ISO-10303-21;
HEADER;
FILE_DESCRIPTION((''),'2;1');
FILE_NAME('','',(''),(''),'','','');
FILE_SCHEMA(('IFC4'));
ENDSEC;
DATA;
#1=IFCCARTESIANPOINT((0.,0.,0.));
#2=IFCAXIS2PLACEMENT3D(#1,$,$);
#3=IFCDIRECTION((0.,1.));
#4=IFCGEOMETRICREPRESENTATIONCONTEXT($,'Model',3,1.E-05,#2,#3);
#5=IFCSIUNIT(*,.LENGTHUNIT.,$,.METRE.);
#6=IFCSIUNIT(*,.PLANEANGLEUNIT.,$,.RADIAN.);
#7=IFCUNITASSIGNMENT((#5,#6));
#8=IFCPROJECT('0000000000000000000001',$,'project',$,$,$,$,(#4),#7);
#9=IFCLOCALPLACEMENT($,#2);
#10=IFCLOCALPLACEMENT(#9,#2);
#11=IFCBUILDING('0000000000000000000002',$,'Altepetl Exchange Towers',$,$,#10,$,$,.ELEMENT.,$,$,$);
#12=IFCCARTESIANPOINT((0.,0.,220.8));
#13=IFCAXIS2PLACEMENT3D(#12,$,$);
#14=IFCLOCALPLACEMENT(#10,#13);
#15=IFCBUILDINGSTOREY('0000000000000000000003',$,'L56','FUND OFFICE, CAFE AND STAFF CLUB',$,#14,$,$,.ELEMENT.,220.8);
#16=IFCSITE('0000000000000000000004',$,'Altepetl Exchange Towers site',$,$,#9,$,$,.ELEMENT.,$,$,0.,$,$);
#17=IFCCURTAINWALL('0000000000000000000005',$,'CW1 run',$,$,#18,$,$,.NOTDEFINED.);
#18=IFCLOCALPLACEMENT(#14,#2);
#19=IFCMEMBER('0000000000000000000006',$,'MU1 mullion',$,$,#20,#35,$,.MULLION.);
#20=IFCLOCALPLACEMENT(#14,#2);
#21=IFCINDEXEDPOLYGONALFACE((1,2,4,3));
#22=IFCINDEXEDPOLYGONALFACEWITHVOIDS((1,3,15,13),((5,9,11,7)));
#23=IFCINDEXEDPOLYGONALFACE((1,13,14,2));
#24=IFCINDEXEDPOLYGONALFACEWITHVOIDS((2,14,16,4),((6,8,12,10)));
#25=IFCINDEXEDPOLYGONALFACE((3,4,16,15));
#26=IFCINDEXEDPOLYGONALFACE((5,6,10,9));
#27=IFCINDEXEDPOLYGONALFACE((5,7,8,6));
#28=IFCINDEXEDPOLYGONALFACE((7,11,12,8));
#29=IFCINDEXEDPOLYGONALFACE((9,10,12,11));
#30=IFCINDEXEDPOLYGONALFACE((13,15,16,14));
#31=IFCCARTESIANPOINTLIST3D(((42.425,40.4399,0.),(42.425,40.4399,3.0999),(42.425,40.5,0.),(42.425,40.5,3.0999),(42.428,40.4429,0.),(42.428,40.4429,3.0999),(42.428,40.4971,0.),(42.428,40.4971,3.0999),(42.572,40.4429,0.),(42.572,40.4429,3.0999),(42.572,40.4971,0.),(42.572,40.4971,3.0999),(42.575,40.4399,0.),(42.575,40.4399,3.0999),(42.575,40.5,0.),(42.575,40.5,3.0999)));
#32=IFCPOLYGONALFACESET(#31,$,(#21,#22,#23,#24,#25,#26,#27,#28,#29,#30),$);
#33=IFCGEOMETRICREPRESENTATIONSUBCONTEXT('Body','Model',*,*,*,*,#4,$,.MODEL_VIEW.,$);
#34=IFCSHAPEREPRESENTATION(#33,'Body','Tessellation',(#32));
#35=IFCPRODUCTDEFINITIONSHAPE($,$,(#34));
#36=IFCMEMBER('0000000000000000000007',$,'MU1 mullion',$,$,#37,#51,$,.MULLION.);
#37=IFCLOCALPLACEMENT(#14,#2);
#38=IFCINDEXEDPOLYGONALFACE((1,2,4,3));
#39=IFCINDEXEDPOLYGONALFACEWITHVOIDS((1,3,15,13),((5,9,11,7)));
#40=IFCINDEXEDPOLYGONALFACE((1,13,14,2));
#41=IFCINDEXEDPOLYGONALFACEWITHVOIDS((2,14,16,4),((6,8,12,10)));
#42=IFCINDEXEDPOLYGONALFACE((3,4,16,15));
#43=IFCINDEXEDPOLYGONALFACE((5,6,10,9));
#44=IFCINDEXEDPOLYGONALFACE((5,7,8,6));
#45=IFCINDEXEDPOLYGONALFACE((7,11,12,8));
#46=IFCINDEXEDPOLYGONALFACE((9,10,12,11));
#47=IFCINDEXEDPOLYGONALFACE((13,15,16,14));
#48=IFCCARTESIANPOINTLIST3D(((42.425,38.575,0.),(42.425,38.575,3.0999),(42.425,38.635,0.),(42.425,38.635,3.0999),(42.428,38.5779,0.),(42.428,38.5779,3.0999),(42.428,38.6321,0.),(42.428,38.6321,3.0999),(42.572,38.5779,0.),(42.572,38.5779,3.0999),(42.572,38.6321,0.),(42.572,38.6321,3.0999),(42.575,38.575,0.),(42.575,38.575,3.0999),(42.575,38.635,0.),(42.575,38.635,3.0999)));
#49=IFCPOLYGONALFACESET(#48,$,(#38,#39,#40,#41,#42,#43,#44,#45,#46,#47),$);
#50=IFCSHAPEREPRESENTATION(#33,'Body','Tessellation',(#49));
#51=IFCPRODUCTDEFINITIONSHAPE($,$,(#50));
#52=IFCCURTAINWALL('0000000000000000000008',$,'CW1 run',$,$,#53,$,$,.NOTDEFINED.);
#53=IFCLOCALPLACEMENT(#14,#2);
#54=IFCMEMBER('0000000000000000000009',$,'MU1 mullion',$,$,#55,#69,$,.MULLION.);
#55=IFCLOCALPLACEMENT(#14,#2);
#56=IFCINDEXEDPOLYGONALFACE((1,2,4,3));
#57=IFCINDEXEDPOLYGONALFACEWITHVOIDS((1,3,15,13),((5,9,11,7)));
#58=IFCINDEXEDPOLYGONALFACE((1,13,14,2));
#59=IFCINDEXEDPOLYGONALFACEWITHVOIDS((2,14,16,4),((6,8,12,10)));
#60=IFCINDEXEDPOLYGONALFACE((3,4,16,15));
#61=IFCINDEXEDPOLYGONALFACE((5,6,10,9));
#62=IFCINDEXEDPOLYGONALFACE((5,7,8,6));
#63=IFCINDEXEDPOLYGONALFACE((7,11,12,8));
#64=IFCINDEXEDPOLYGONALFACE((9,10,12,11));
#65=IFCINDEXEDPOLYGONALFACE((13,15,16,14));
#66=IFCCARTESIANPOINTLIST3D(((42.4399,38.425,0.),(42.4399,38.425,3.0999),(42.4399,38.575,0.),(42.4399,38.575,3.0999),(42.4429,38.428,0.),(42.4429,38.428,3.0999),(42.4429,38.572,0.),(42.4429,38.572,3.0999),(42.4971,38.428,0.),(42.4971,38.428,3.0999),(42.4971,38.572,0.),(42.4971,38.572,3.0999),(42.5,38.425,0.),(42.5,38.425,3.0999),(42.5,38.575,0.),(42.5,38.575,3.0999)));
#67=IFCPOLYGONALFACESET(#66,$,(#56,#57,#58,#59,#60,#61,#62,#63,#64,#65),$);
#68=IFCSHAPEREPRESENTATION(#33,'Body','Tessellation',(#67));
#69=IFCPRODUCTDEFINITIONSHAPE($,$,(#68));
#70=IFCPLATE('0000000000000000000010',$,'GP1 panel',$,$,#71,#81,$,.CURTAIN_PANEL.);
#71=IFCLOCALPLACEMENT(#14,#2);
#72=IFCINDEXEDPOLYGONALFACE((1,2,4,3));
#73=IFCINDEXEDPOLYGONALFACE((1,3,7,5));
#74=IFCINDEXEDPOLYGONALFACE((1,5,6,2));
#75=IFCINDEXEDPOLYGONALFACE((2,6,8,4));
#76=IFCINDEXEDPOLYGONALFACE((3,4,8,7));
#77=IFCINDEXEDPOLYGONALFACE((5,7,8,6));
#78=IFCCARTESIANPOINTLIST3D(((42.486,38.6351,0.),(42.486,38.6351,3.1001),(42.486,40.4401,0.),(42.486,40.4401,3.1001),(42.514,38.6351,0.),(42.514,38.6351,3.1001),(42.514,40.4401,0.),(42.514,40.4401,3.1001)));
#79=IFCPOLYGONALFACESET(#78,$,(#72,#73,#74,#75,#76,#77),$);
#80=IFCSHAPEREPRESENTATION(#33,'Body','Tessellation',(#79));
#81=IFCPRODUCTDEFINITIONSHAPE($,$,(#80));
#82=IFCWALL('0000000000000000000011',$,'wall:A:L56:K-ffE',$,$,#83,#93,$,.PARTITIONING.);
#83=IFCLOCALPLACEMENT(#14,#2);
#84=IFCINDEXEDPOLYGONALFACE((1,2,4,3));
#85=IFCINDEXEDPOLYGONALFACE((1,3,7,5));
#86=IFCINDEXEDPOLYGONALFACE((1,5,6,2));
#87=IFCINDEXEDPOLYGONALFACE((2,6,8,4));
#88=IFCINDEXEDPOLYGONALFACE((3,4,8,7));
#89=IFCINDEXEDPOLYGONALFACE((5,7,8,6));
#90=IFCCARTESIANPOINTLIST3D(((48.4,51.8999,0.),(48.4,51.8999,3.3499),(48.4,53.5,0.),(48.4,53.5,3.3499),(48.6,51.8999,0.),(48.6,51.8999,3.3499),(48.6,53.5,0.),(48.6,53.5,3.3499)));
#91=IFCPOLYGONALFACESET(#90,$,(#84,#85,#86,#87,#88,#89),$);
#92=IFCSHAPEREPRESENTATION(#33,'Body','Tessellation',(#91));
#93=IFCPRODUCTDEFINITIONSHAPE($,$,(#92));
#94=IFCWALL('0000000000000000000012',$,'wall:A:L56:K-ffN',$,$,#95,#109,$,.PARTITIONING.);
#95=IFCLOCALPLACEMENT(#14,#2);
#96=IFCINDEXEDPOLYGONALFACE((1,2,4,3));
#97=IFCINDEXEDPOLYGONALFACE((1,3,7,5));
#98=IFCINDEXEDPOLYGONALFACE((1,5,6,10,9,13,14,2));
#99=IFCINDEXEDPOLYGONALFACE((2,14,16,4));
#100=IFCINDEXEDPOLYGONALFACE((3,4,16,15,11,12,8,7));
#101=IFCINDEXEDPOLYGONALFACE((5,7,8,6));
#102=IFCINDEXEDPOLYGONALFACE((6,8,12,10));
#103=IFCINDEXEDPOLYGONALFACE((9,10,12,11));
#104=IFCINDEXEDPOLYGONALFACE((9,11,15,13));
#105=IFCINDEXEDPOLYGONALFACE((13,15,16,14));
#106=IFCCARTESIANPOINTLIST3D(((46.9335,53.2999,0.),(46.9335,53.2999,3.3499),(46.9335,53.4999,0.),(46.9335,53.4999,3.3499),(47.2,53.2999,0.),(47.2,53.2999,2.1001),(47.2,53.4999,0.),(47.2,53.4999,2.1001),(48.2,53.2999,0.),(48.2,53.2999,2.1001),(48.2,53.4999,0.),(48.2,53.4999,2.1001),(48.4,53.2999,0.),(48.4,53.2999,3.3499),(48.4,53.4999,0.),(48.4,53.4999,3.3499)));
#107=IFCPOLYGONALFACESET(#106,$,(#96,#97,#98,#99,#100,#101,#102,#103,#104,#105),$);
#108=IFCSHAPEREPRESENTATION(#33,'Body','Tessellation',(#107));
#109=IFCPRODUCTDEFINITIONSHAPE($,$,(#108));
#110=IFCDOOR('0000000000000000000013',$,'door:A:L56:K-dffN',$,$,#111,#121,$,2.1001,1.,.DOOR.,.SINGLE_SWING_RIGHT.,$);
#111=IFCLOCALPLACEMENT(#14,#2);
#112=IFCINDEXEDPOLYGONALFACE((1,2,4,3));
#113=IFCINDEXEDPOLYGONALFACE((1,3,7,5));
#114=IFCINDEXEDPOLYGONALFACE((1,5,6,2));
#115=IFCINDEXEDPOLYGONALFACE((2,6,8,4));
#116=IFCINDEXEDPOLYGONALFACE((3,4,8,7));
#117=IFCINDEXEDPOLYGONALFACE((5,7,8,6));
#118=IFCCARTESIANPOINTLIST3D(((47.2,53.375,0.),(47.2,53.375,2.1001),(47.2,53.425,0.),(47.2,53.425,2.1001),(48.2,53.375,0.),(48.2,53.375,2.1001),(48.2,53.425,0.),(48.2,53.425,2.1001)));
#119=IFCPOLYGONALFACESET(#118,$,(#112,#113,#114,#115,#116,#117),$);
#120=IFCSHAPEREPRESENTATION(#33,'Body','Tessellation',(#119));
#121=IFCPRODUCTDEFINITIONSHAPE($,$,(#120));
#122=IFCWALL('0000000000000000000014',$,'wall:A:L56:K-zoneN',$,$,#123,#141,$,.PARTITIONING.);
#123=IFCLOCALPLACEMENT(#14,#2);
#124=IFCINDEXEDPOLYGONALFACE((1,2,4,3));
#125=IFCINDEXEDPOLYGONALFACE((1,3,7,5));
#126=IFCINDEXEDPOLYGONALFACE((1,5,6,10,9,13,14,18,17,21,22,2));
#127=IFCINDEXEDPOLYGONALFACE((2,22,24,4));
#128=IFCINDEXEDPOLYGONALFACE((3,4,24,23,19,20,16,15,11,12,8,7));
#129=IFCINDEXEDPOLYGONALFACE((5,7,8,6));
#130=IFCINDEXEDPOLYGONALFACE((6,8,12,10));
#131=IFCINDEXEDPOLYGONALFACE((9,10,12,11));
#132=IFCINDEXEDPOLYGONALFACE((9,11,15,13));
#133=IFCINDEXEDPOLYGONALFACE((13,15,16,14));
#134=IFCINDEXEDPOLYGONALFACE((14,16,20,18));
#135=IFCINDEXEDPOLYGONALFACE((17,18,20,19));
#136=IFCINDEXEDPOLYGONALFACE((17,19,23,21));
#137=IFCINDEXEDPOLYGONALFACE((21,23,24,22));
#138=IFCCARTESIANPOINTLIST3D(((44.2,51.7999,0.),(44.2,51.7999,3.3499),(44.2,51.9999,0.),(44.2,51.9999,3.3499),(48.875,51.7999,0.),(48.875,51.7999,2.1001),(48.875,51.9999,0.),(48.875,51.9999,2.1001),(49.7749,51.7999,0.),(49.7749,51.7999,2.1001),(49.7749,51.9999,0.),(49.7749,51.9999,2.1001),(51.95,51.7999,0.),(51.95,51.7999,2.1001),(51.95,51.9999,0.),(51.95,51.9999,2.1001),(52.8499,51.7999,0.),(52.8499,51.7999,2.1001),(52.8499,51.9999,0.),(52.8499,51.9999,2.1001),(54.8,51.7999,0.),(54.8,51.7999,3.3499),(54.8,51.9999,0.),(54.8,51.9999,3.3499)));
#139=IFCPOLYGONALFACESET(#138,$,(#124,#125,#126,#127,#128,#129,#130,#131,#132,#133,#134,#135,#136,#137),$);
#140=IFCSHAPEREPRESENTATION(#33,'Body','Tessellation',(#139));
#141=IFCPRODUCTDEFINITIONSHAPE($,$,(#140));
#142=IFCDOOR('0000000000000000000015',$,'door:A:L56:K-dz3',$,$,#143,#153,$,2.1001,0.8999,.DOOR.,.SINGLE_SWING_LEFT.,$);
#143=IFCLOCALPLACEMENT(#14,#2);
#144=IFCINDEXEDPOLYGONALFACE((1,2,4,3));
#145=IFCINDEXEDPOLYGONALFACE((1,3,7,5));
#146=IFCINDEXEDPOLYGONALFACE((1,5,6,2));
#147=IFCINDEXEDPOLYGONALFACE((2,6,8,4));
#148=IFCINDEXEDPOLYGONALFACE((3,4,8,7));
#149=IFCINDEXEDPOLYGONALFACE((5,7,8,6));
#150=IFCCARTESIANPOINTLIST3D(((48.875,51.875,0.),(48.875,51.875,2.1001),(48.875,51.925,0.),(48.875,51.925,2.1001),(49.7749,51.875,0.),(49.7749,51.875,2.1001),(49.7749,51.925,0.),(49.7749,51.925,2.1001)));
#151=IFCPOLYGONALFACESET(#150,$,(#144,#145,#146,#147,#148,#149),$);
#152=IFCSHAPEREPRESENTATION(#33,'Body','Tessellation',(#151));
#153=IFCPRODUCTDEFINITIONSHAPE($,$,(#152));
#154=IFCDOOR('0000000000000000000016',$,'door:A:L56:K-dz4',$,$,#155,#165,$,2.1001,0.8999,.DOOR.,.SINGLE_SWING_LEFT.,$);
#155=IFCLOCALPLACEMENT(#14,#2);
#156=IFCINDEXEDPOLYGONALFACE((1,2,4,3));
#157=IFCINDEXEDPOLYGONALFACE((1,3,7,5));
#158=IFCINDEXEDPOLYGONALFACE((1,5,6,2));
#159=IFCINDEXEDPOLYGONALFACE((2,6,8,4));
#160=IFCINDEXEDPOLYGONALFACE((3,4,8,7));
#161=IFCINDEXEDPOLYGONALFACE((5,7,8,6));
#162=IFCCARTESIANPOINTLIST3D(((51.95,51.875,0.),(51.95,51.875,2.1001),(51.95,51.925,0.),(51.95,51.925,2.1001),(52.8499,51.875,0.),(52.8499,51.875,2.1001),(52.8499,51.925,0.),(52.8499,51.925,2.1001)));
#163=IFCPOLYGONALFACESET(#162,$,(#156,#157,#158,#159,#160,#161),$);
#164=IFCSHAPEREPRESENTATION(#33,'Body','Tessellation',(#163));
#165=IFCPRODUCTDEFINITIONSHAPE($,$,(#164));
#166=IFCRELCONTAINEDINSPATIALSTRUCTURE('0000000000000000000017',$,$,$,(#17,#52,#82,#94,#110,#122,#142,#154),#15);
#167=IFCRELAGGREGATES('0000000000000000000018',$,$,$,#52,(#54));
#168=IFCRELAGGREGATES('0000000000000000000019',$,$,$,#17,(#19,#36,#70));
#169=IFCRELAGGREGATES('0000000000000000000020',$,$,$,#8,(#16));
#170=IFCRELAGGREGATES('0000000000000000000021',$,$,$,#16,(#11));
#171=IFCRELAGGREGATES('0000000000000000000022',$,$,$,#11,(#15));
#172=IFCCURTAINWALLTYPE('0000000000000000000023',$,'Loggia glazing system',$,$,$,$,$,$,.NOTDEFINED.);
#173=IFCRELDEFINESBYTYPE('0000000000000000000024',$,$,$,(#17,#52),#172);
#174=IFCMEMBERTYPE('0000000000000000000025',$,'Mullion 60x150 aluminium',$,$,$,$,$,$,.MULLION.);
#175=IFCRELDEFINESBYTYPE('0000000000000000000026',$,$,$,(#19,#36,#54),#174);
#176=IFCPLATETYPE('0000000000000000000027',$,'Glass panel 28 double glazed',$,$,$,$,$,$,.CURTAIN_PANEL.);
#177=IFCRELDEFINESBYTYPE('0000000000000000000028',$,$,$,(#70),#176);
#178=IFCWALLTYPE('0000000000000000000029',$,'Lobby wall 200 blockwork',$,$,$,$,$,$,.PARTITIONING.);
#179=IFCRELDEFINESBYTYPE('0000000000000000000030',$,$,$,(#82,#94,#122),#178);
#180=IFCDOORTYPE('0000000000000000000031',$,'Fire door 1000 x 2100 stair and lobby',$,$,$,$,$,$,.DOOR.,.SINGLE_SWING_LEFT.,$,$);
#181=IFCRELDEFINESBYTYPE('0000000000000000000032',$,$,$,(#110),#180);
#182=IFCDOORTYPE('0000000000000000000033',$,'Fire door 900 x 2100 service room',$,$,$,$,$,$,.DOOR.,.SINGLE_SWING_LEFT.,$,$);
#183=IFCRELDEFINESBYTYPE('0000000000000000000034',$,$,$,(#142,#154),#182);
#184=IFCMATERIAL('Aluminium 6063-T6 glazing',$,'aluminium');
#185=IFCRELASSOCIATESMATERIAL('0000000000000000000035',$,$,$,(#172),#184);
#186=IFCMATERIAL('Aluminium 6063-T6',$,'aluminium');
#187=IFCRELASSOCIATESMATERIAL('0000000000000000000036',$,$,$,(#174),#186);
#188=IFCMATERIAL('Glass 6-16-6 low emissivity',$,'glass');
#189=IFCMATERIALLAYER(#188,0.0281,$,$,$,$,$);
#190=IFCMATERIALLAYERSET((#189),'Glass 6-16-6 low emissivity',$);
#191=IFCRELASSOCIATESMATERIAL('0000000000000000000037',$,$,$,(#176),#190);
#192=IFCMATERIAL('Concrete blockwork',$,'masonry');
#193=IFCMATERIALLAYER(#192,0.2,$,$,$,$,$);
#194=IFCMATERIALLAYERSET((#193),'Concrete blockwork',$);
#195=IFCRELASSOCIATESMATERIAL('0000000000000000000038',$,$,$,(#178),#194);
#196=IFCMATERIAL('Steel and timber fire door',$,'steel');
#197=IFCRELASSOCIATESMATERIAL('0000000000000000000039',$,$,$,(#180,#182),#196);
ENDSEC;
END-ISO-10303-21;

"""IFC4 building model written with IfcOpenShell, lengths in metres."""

from ifc_helpers import new_model, si_unit, direction, frame, frame_2d, origin, origin_2d, place, context, subcontext, project, spatial, rectangle, hollow_rectangle, extrude, material, layer, layer_set, material_profile, profile_set, type_object, element, fill, aggregate, save


model = new_model("IFC4")

# Units and contexts
model_context = context("Model", 3, precision=1e-05, world=origin(), true_north=direction((0.0, 1.0)))
body_context = subcontext(model_context, "Body", "Model", "MODEL_VIEW")
ifc_project = project(units=[si_unit("LENGTHUNIT", "METRE"), si_unit("PLANEANGLEUNIT", "RADIAN")], contexts=[model_context])

# Site, building, storey
site_placement = place(None, origin())
site = spatial("IfcSite", under=ifc_project, at=site_placement, Name="Altepetl Exchange Towers site", CompositionType="ELEMENT", RefElevation=0.0)
building_placement = place(site_placement, origin())
building = spatial("IfcBuilding", under=site, at=building_placement, Name="Altepetl Exchange Towers", CompositionType="ELEMENT")
storey_placement = place(building_placement, frame((0.0, 0.0, 220.8)))
storey = spatial("IfcBuildingStorey", under=building, at=storey_placement, Name="L56", Description="FUND OFFICE, CAFE AND STAFF CLUB", CompositionType="ELEMENT", Elevation=220.8)

# Curtain wall, members
ifc_material_1 = material(Name="Aluminium 6063-T6 glazing", Category="aluminium")
curtain_wall_type = type_object("IfcCurtainWallType", Name="Loggia glazing system", PredefinedType="NOTDEFINED", material=ifc_material_1)
curtain_wall_1_placement = place(storey_placement, origin())
curtain_wall_1 = element("IfcCurtainWall", 1, at=curtain_wall_1_placement, inside=storey, type_object=curtain_wall_type, Name="CW1 run", PredefinedType="NOTDEFINED")
ifc_material_2 = material(Name="Aluminium 6063-T6", Category="aluminium")
ifc_material_profile = material_profile(ifc_material_2, hollow_rectangle(XDim=0.0601, YDim=0.1499, WallThickness=0.0029, at=origin_2d()), Name="Mullion 60x150 aluminium")
ifc_profile_set = profile_set([ifc_material_profile], Name="Aluminium 6063-T6")
member_type = type_object("IfcMemberType", Name="Mullion 60x150 aluminium", PredefinedType="MULLION", material=ifc_profile_set)
member_1_placement = place(storey_placement, frame((42.5, 40.47, 0.0), z_axis=(0.0, 0.0, 1.0), x_axis=(0.0, -1.0, 0.0)))
member_1 = element("IfcMember", 2, at=member_1_placement, type_object=member_type, Name="MU1 mullion", PredefinedType="MULLION", context=body_context, shape_type="SweptSolid", body=[
    extrude(hollow_rectangle(XDim=0.0601, YDim=0.1499, WallThickness=0.0029, at=origin_2d()), origin(), (0.0, 0.0, 1.0), 3.0999),
])
member_2_placement = place(storey_placement, frame((42.5, 38.605, 0.0), z_axis=(0.0, 0.0, 1.0), x_axis=(0.0, -1.0, 0.0)))
member_2 = element("IfcMember", 3, at=member_2_placement, type_object=member_type, Name="MU1 mullion", PredefinedType="MULLION", context=body_context, shape_type="SweptSolid", body=[
    extrude(hollow_rectangle(XDim=0.0601, YDim=0.1499, WallThickness=0.0029, at=origin_2d()), origin(), (0.0, 0.0, 1.0), 3.0999),
])

# Curtain wall, member
curtain_wall_2_placement = place(storey_placement, origin())
curtain_wall_2 = element("IfcCurtainWall", 4, at=curtain_wall_2_placement, inside=storey, type_object=curtain_wall_type, Name="CW1 run", PredefinedType="NOTDEFINED")
member_3_placement = place(storey_placement, frame((42.47, 38.5, 0.0), z_axis=(0.0, 0.0, 1.0), x_axis=(-1.0, 0.0, 0.0)))
member_3 = element("IfcMember", 5, at=member_3_placement, type_object=member_type, Name="MU1 mullion", PredefinedType="MULLION", context=body_context, shape_type="SweptSolid", body=[
    extrude(hollow_rectangle(XDim=0.0601, YDim=0.1499, WallThickness=0.0029, at=origin_2d()), origin(), (0.0, 0.0, 1.0), 3.0999),
])
aggregate(curtain_wall_2, [member_3])

# Plate
ifc_material_3 = material(Name="Glass 6-16-6 low emissivity", Category="glass")
ifc_layer_1 = layer(ifc_material_3, 0.0281)
ifc_layer_set_1 = layer_set([ifc_layer_1], Name="Glass 6-16-6 low emissivity")
plate_type = type_object("IfcPlateType", Name="Glass panel 28 double glazed", PredefinedType="CURTAIN_PANEL", material=ifc_layer_set_1)
plate_placement = place(storey_placement, frame((42.5, 39.5376, 0.0), z_axis=(0.0, 0.0, 1.0), x_axis=(0.0, -1.0, 0.0)))
plate = element("IfcPlate", 6, at=plate_placement, type_object=plate_type, Name="GP1 panel", PredefinedType="CURTAIN_PANEL", context=body_context, shape_type="SweptSolid", body=[
    extrude(rectangle(XDim=1.8049, YDim=0.0281, at=origin_2d()), origin(), (0.0, 0.0, 1.0), 3.1001),
])
aggregate(curtain_wall_1, [member_1, member_2, plate])

# Wall
ifc_material_4 = material(Name="Concrete blockwork", Category="masonry")
ifc_layer_2 = layer(ifc_material_4, 0.2)
ifc_layer_set_2 = layer_set([ifc_layer_2], Name="Concrete blockwork")
wall_type_1 = type_object("IfcWallType", Name="Lobby wall 200 blockwork", PredefinedType="PARTITIONING", material=ifc_layer_set_2)
wall_1_placement = place(storey_placement, frame((48.5, 51.8999, 0.0), z_axis=(0.0, 0.0, 1.0), x_axis=(0.0, 1.0, 0.0)))
element("IfcWall", 7, at=wall_1_placement, inside=storey, type_object=wall_type_1, Name="wall:A:L56:K-ffE", PredefinedType="PARTITIONING", context=body_context, shape_type="SweptSolid", body=[
    extrude(rectangle(XDim=1.6001, YDim=0.2, at=frame_2d((0.8, 0.0))), origin(), (0.0, 0.0, 1.0), 3.3499),
])

# Wall, opening, door
wall_2_placement = place(storey_placement, frame((46.9333, 53.3999, 0.0)))
wall_2 = element("IfcWall", 8, at=wall_2_placement, inside=storey, type_object=wall_type_1, Name="wall:A:L56:K-ffN", PredefinedType="PARTITIONING", context=body_context, shape_type="SweptSolid", body=[
    extrude(rectangle(XDim=1.4666, YDim=0.2, at=frame_2d((0.7334, 0.0))), origin(), (0.0, 0.0, 1.0), 3.3499),
])
opening_1_placement = place(wall_2_placement, frame((0.2666, 0.0, 0.0)))
opening_1 = element("IfcOpeningElement", 9, at=opening_1_placement, cuts=wall_2, PredefinedType="OPENING", context=body_context, shape_type="SweptSolid", body=[
    extrude(rectangle(XDim=1.0, YDim=2.1001, at=frame_2d((0.5, 1.05))), frame((0.0, 0.1099, 0.0), z_axis=(0.0, -1.0, 0.0), x_axis=(1.0, 0.0, 0.0)), (0.0, 0.0, 1.0), 0.22),
])
ifc_material_5 = material(Name="Steel and timber fire door", Category="steel")
door_type_1 = type_object("IfcDoorType", Name="Fire door 1000 x 2100 stair and lobby", OperationType="SINGLE_SWING_LEFT", PredefinedType="DOOR", material=ifc_material_5)
door_1_placement = place(opening_1_placement, frame((1.0, 0.0, 0.0), x_axis=(-1.0, 0.0, 0.0)))
door_1 = element("IfcDoor", 10, at=door_1_placement, inside=storey, type_object=door_type_1, Name="door:A:L56:K-dffN", OperationType="SINGLE_SWING_RIGHT", OverallHeight=2.1001, OverallWidth=1.0, PredefinedType="DOOR", context=body_context, shape_type="SweptSolid", body=[
    extrude(rectangle(XDim=1.0, YDim=2.1001, at=frame_2d((0.5, 1.05))), frame((0.0, 0.0249, 0.0), z_axis=(0.0, -1.0, 0.0), x_axis=(1.0, 0.0, 0.0)), (0.0, 0.0, 1.0), 0.05),
])
fill(opening_1, door_1)

# Wall, openings, doors
wall_3_placement = place(storey_placement, frame((44.2, 51.8999, 0.0)))
wall_3 = element("IfcWall", 11, at=wall_3_placement, inside=storey, type_object=wall_type_1, Name="wall:A:L56:K-zoneN", PredefinedType="PARTITIONING", context=body_context, shape_type="SweptSolid", body=[
    extrude(rectangle(XDim=10.6001, YDim=0.2, at=frame_2d((5.3, 0.0))), origin(), (0.0, 0.0, 1.0), 3.3499),
])
opening_2_placement = place(wall_3_placement, frame((4.675, 0.0, 0.0)))
opening_2 = element("IfcOpeningElement", 12, at=opening_2_placement, cuts=wall_3, PredefinedType="OPENING", context=body_context, shape_type="SweptSolid", body=[
    extrude(rectangle(XDim=0.8999, YDim=2.1001, at=frame_2d((0.45, 1.05))), frame((0.0, 0.1099, 0.0), z_axis=(0.0, -1.0, 0.0), x_axis=(1.0, 0.0, 0.0)), (0.0, 0.0, 1.0), 0.22),
])
opening_3_placement = place(wall_3_placement, frame((7.75, 0.0, 0.0)))
opening_3 = element("IfcOpeningElement", 13, at=opening_3_placement, cuts=wall_3, PredefinedType="OPENING", context=body_context, shape_type="SweptSolid", body=[
    extrude(rectangle(XDim=0.8999, YDim=2.1001, at=frame_2d((0.45, 1.05))), frame((0.0, 0.1099, 0.0), z_axis=(0.0, -1.0, 0.0), x_axis=(1.0, 0.0, 0.0)), (0.0, 0.0, 1.0), 0.22),
])
door_type_2 = type_object("IfcDoorType", Name="Fire door 900 x 2100 service room", OperationType="SINGLE_SWING_LEFT", PredefinedType="DOOR", material=ifc_material_5)
door_2_placement = place(opening_2_placement, frame((0.8999, 0.0, 0.0), x_axis=(-1.0, 0.0, 0.0)))
door_2 = element("IfcDoor", 14, at=door_2_placement, inside=storey, type_object=door_type_2, Name="door:A:L56:K-dz3", OperationType="SINGLE_SWING_LEFT", OverallHeight=2.1001, OverallWidth=0.8999, PredefinedType="DOOR", context=body_context, shape_type="SweptSolid", body=[
    extrude(rectangle(XDim=0.8999, YDim=2.1001, at=frame_2d((0.45, 1.05))), frame((0.0, 0.0249, 0.0), z_axis=(0.0, -1.0, 0.0), x_axis=(1.0, 0.0, 0.0)), (0.0, 0.0, 1.0), 0.05),
])
fill(opening_2, door_2)
door_3_placement = place(opening_3_placement, frame((0.8999, 0.0, 0.0), x_axis=(-1.0, 0.0, 0.0)))
door_3 = element("IfcDoor", 15, at=door_3_placement, inside=storey, type_object=door_type_2, Name="door:A:L56:K-dz4", OperationType="SINGLE_SWING_LEFT", OverallHeight=2.1001, OverallWidth=0.8999, PredefinedType="DOOR", context=body_context, shape_type="SweptSolid", body=[
    extrude(rectangle(XDim=0.8999, YDim=2.1001, at=frame_2d((0.45, 1.05))), frame((0.0, 0.0249, 0.0), z_axis=(0.0, -1.0, 0.0), x_axis=(1.0, 0.0, 0.0)), (0.0, 0.0, 1.0), 0.05),
])
fill(opening_3, door_3)

save(model, "model.ifc")
